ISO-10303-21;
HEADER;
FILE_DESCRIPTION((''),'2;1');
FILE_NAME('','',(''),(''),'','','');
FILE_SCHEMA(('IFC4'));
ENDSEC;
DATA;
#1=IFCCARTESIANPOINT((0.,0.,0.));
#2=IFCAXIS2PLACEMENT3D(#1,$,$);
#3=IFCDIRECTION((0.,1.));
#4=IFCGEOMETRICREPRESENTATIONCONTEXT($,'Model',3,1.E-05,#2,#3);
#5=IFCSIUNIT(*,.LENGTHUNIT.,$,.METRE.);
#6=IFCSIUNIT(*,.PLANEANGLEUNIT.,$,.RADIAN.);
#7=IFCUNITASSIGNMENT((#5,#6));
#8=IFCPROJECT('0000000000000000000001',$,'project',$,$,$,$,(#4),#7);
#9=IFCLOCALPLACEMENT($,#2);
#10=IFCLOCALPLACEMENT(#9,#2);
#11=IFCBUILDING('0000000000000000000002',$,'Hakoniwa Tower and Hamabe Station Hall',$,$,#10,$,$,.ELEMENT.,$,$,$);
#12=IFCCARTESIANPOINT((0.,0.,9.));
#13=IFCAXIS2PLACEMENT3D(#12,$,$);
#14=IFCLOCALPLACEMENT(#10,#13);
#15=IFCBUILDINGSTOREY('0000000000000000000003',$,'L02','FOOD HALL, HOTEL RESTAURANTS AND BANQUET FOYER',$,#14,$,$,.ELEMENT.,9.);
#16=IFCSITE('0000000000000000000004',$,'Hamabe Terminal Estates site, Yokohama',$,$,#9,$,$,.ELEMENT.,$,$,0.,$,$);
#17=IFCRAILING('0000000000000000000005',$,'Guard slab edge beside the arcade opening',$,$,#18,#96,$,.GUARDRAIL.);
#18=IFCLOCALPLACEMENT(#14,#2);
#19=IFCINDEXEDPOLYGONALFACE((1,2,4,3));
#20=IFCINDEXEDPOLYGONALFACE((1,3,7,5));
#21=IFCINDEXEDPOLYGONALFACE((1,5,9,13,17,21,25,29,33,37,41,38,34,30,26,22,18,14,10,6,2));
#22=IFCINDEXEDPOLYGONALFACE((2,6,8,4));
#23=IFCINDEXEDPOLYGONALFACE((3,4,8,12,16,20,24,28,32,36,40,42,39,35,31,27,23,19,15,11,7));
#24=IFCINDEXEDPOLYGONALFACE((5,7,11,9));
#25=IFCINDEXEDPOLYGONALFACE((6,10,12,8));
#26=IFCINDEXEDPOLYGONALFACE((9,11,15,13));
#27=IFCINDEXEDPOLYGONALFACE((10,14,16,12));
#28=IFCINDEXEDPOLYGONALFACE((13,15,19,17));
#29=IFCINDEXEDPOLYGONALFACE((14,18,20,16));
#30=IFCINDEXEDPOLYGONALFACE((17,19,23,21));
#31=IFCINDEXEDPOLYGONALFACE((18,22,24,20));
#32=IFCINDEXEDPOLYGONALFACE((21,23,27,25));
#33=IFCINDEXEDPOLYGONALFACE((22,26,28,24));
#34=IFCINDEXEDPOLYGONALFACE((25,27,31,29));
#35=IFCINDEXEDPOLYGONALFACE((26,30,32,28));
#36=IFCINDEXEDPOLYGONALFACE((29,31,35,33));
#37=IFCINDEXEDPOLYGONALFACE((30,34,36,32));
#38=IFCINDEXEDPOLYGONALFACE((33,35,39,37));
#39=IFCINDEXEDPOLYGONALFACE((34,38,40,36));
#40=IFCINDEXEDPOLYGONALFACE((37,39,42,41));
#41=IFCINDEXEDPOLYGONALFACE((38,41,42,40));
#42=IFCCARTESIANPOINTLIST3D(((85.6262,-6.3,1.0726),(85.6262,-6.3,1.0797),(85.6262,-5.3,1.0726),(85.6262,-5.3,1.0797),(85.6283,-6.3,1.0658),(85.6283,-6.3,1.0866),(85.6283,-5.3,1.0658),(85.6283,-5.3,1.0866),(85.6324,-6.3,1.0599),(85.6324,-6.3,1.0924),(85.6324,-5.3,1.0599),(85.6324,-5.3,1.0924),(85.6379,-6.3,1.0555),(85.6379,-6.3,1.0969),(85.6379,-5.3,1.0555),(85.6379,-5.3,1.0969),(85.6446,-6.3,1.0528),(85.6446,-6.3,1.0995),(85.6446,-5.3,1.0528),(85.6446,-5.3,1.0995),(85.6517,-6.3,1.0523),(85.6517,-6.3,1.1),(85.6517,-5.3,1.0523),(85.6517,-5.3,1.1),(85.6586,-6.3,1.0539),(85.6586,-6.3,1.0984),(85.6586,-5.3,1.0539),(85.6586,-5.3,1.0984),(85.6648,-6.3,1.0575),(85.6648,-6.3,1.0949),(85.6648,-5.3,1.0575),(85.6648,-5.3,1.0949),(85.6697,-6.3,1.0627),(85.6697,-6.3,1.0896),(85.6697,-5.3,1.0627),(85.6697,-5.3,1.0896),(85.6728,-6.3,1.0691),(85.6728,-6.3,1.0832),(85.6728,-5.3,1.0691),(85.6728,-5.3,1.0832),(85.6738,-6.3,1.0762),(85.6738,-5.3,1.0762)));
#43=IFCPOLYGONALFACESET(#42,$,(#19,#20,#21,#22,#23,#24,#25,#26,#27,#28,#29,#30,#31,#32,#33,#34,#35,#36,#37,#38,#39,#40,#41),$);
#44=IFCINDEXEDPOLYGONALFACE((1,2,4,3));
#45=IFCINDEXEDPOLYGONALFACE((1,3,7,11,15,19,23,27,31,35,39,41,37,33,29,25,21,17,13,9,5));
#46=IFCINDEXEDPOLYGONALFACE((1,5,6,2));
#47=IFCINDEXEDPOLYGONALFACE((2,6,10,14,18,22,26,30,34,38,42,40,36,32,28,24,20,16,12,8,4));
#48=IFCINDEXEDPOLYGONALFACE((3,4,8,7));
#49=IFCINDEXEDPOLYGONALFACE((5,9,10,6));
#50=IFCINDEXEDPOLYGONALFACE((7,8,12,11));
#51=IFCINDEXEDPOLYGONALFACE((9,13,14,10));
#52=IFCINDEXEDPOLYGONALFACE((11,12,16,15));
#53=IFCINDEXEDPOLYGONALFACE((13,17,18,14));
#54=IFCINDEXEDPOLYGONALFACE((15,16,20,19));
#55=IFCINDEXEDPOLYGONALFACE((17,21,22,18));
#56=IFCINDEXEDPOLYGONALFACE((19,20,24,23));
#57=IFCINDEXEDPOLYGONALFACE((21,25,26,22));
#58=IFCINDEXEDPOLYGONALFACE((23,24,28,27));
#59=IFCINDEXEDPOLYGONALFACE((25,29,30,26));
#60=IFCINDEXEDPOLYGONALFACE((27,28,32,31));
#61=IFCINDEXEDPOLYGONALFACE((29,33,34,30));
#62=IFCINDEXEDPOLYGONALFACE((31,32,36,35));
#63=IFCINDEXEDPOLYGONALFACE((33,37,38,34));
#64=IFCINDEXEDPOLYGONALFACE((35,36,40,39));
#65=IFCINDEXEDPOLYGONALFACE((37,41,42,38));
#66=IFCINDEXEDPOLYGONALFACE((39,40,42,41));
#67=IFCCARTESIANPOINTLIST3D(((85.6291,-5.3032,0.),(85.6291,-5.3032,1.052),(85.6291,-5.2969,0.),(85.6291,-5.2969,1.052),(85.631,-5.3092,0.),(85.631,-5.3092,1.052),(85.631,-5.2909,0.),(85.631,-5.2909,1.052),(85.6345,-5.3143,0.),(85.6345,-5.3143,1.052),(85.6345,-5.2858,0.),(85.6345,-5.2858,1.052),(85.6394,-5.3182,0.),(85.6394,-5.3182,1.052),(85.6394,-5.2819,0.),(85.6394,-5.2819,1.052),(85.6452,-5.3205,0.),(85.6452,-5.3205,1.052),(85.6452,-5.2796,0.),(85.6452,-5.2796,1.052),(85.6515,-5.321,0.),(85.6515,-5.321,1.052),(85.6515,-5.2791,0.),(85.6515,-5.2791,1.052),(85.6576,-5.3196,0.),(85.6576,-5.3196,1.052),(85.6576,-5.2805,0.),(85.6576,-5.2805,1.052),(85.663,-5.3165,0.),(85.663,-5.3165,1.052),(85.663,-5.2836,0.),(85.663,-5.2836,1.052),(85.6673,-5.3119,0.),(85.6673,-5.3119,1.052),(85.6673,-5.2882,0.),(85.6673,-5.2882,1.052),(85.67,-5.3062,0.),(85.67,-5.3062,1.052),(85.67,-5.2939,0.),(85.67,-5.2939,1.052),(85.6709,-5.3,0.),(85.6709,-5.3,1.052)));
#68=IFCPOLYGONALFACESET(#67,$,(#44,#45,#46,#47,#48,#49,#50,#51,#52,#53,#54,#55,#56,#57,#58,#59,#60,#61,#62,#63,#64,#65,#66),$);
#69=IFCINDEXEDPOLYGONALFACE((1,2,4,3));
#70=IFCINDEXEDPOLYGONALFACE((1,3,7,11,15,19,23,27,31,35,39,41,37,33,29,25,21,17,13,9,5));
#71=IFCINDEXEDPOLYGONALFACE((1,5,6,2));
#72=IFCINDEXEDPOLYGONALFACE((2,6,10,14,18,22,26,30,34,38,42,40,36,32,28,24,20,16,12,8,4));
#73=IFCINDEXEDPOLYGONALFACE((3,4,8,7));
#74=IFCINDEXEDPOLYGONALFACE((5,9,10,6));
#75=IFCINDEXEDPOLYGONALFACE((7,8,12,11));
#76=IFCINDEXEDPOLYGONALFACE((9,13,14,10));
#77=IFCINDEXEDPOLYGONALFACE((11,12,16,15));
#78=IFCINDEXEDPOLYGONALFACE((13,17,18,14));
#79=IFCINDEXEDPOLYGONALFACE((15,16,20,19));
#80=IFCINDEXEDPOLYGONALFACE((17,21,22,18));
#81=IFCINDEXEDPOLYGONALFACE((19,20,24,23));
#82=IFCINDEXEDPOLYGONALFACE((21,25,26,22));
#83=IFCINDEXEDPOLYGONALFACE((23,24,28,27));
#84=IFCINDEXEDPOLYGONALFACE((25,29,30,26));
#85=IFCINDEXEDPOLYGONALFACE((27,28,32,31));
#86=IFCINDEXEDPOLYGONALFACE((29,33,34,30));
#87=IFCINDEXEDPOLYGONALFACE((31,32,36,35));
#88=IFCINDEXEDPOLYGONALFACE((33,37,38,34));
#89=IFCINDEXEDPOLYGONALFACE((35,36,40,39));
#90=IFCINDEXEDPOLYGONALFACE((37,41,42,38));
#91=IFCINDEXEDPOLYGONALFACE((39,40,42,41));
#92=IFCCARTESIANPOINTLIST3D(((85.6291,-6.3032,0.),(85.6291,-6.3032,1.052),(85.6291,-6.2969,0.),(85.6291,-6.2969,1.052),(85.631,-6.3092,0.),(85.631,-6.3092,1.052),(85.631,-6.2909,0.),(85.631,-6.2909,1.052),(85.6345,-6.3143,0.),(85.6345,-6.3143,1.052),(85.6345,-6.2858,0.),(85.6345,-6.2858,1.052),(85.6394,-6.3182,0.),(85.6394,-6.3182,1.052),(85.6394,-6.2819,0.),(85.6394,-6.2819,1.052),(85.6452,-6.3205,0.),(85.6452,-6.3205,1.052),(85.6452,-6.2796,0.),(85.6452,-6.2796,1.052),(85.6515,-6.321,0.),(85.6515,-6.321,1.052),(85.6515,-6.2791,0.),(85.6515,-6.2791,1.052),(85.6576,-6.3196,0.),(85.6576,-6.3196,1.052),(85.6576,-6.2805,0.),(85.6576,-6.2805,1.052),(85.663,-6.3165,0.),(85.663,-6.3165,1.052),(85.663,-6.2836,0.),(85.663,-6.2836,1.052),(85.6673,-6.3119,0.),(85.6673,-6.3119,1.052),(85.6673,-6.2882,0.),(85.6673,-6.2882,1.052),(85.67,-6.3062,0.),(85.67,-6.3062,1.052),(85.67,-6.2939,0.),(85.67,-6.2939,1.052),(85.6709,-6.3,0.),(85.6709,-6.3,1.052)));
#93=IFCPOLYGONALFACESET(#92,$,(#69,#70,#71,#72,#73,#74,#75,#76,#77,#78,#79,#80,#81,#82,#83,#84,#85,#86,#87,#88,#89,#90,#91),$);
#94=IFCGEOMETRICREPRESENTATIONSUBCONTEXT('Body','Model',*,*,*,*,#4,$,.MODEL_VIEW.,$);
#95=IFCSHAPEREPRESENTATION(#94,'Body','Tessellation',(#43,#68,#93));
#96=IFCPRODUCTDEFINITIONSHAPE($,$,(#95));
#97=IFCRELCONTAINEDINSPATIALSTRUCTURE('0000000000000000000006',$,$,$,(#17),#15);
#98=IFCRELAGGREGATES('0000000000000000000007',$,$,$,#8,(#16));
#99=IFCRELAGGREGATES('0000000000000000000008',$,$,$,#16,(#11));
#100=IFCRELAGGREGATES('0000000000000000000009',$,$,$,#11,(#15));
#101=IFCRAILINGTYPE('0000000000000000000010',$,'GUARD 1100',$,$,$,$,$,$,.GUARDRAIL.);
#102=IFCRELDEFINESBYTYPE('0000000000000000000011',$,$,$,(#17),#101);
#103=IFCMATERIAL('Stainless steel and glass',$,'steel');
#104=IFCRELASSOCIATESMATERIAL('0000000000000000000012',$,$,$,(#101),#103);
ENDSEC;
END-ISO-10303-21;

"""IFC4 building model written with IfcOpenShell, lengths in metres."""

from ifc_helpers import new_model, si_unit, direction, frame, origin, origin_2d, place, context, subcontext, project, spatial, circle, extrude, material, type_object, element, save


model = new_model("IFC4")

# Units and contexts
model_context = context("Model", 3, precision=1e-05, world=origin(), true_north=direction((0.0, 1.0)))
body_context = subcontext(model_context, "Body", "Model", "MODEL_VIEW")
ifc_project = project(units=[si_unit("LENGTHUNIT", "METRE"), si_unit("PLANEANGLEUNIT", "RADIAN")], contexts=[model_context])

# Site, building, storey
site_placement = place(None, origin())
site = spatial("IfcSite", under=ifc_project, at=site_placement, Name="Hamabe Terminal Estates site, Yokohama", CompositionType="ELEMENT", RefElevation=0.0)
building_placement = place(site_placement, origin())
building = spatial("IfcBuilding", under=site, at=building_placement, Name="Hakoniwa Tower and Hamabe Station Hall", CompositionType="ELEMENT")
storey_placement = place(building_placement, frame((0.0, 0.0, 9.0)))
storey = spatial("IfcBuildingStorey", under=building, at=storey_placement, Name="L02", Description="FOOD HALL, HOTEL RESTAURANTS AND BANQUET FOYER", CompositionType="ELEMENT", Elevation=9.0)

# Railing
ifc_material_1 = material(Name="Stainless steel and glass", Category="steel")
railing_type = type_object("IfcRailingType", Name="GUARD 1100", PredefinedType="GUARDRAIL", material=ifc_material_1)
railing_1_placement = place(storey_placement, frame((85.6499, -5.3, 0.0)))
element("IfcRailing", 1, at=railing_1_placement, inside=storey, type_object=railing_type, Name="Guard slab edge beside the arcade opening", PredefinedType="GUARDRAIL", context=body_context, shape_type="SweptSolid", body=[
    extrude(circle(Radius=0.0239, at=origin_2d()), frame((0.0, 0.0, 1.0762), z_axis=(0.0, -1.0, 0.0), x_axis=(1.0, 0.0, 0.0)), (0.0, 0.0, 1.0), 1.0),
    extrude(circle(Radius=0.021, at=origin_2d()), origin(), (0.0, 0.0, 1.0), 1.052),
    extrude(circle(Radius=0.021, at=origin_2d()), frame((0.0, -1.0, 0.0)), (0.0, 0.0, 1.0), 1.052),
])

save(model, "model.ifc")
